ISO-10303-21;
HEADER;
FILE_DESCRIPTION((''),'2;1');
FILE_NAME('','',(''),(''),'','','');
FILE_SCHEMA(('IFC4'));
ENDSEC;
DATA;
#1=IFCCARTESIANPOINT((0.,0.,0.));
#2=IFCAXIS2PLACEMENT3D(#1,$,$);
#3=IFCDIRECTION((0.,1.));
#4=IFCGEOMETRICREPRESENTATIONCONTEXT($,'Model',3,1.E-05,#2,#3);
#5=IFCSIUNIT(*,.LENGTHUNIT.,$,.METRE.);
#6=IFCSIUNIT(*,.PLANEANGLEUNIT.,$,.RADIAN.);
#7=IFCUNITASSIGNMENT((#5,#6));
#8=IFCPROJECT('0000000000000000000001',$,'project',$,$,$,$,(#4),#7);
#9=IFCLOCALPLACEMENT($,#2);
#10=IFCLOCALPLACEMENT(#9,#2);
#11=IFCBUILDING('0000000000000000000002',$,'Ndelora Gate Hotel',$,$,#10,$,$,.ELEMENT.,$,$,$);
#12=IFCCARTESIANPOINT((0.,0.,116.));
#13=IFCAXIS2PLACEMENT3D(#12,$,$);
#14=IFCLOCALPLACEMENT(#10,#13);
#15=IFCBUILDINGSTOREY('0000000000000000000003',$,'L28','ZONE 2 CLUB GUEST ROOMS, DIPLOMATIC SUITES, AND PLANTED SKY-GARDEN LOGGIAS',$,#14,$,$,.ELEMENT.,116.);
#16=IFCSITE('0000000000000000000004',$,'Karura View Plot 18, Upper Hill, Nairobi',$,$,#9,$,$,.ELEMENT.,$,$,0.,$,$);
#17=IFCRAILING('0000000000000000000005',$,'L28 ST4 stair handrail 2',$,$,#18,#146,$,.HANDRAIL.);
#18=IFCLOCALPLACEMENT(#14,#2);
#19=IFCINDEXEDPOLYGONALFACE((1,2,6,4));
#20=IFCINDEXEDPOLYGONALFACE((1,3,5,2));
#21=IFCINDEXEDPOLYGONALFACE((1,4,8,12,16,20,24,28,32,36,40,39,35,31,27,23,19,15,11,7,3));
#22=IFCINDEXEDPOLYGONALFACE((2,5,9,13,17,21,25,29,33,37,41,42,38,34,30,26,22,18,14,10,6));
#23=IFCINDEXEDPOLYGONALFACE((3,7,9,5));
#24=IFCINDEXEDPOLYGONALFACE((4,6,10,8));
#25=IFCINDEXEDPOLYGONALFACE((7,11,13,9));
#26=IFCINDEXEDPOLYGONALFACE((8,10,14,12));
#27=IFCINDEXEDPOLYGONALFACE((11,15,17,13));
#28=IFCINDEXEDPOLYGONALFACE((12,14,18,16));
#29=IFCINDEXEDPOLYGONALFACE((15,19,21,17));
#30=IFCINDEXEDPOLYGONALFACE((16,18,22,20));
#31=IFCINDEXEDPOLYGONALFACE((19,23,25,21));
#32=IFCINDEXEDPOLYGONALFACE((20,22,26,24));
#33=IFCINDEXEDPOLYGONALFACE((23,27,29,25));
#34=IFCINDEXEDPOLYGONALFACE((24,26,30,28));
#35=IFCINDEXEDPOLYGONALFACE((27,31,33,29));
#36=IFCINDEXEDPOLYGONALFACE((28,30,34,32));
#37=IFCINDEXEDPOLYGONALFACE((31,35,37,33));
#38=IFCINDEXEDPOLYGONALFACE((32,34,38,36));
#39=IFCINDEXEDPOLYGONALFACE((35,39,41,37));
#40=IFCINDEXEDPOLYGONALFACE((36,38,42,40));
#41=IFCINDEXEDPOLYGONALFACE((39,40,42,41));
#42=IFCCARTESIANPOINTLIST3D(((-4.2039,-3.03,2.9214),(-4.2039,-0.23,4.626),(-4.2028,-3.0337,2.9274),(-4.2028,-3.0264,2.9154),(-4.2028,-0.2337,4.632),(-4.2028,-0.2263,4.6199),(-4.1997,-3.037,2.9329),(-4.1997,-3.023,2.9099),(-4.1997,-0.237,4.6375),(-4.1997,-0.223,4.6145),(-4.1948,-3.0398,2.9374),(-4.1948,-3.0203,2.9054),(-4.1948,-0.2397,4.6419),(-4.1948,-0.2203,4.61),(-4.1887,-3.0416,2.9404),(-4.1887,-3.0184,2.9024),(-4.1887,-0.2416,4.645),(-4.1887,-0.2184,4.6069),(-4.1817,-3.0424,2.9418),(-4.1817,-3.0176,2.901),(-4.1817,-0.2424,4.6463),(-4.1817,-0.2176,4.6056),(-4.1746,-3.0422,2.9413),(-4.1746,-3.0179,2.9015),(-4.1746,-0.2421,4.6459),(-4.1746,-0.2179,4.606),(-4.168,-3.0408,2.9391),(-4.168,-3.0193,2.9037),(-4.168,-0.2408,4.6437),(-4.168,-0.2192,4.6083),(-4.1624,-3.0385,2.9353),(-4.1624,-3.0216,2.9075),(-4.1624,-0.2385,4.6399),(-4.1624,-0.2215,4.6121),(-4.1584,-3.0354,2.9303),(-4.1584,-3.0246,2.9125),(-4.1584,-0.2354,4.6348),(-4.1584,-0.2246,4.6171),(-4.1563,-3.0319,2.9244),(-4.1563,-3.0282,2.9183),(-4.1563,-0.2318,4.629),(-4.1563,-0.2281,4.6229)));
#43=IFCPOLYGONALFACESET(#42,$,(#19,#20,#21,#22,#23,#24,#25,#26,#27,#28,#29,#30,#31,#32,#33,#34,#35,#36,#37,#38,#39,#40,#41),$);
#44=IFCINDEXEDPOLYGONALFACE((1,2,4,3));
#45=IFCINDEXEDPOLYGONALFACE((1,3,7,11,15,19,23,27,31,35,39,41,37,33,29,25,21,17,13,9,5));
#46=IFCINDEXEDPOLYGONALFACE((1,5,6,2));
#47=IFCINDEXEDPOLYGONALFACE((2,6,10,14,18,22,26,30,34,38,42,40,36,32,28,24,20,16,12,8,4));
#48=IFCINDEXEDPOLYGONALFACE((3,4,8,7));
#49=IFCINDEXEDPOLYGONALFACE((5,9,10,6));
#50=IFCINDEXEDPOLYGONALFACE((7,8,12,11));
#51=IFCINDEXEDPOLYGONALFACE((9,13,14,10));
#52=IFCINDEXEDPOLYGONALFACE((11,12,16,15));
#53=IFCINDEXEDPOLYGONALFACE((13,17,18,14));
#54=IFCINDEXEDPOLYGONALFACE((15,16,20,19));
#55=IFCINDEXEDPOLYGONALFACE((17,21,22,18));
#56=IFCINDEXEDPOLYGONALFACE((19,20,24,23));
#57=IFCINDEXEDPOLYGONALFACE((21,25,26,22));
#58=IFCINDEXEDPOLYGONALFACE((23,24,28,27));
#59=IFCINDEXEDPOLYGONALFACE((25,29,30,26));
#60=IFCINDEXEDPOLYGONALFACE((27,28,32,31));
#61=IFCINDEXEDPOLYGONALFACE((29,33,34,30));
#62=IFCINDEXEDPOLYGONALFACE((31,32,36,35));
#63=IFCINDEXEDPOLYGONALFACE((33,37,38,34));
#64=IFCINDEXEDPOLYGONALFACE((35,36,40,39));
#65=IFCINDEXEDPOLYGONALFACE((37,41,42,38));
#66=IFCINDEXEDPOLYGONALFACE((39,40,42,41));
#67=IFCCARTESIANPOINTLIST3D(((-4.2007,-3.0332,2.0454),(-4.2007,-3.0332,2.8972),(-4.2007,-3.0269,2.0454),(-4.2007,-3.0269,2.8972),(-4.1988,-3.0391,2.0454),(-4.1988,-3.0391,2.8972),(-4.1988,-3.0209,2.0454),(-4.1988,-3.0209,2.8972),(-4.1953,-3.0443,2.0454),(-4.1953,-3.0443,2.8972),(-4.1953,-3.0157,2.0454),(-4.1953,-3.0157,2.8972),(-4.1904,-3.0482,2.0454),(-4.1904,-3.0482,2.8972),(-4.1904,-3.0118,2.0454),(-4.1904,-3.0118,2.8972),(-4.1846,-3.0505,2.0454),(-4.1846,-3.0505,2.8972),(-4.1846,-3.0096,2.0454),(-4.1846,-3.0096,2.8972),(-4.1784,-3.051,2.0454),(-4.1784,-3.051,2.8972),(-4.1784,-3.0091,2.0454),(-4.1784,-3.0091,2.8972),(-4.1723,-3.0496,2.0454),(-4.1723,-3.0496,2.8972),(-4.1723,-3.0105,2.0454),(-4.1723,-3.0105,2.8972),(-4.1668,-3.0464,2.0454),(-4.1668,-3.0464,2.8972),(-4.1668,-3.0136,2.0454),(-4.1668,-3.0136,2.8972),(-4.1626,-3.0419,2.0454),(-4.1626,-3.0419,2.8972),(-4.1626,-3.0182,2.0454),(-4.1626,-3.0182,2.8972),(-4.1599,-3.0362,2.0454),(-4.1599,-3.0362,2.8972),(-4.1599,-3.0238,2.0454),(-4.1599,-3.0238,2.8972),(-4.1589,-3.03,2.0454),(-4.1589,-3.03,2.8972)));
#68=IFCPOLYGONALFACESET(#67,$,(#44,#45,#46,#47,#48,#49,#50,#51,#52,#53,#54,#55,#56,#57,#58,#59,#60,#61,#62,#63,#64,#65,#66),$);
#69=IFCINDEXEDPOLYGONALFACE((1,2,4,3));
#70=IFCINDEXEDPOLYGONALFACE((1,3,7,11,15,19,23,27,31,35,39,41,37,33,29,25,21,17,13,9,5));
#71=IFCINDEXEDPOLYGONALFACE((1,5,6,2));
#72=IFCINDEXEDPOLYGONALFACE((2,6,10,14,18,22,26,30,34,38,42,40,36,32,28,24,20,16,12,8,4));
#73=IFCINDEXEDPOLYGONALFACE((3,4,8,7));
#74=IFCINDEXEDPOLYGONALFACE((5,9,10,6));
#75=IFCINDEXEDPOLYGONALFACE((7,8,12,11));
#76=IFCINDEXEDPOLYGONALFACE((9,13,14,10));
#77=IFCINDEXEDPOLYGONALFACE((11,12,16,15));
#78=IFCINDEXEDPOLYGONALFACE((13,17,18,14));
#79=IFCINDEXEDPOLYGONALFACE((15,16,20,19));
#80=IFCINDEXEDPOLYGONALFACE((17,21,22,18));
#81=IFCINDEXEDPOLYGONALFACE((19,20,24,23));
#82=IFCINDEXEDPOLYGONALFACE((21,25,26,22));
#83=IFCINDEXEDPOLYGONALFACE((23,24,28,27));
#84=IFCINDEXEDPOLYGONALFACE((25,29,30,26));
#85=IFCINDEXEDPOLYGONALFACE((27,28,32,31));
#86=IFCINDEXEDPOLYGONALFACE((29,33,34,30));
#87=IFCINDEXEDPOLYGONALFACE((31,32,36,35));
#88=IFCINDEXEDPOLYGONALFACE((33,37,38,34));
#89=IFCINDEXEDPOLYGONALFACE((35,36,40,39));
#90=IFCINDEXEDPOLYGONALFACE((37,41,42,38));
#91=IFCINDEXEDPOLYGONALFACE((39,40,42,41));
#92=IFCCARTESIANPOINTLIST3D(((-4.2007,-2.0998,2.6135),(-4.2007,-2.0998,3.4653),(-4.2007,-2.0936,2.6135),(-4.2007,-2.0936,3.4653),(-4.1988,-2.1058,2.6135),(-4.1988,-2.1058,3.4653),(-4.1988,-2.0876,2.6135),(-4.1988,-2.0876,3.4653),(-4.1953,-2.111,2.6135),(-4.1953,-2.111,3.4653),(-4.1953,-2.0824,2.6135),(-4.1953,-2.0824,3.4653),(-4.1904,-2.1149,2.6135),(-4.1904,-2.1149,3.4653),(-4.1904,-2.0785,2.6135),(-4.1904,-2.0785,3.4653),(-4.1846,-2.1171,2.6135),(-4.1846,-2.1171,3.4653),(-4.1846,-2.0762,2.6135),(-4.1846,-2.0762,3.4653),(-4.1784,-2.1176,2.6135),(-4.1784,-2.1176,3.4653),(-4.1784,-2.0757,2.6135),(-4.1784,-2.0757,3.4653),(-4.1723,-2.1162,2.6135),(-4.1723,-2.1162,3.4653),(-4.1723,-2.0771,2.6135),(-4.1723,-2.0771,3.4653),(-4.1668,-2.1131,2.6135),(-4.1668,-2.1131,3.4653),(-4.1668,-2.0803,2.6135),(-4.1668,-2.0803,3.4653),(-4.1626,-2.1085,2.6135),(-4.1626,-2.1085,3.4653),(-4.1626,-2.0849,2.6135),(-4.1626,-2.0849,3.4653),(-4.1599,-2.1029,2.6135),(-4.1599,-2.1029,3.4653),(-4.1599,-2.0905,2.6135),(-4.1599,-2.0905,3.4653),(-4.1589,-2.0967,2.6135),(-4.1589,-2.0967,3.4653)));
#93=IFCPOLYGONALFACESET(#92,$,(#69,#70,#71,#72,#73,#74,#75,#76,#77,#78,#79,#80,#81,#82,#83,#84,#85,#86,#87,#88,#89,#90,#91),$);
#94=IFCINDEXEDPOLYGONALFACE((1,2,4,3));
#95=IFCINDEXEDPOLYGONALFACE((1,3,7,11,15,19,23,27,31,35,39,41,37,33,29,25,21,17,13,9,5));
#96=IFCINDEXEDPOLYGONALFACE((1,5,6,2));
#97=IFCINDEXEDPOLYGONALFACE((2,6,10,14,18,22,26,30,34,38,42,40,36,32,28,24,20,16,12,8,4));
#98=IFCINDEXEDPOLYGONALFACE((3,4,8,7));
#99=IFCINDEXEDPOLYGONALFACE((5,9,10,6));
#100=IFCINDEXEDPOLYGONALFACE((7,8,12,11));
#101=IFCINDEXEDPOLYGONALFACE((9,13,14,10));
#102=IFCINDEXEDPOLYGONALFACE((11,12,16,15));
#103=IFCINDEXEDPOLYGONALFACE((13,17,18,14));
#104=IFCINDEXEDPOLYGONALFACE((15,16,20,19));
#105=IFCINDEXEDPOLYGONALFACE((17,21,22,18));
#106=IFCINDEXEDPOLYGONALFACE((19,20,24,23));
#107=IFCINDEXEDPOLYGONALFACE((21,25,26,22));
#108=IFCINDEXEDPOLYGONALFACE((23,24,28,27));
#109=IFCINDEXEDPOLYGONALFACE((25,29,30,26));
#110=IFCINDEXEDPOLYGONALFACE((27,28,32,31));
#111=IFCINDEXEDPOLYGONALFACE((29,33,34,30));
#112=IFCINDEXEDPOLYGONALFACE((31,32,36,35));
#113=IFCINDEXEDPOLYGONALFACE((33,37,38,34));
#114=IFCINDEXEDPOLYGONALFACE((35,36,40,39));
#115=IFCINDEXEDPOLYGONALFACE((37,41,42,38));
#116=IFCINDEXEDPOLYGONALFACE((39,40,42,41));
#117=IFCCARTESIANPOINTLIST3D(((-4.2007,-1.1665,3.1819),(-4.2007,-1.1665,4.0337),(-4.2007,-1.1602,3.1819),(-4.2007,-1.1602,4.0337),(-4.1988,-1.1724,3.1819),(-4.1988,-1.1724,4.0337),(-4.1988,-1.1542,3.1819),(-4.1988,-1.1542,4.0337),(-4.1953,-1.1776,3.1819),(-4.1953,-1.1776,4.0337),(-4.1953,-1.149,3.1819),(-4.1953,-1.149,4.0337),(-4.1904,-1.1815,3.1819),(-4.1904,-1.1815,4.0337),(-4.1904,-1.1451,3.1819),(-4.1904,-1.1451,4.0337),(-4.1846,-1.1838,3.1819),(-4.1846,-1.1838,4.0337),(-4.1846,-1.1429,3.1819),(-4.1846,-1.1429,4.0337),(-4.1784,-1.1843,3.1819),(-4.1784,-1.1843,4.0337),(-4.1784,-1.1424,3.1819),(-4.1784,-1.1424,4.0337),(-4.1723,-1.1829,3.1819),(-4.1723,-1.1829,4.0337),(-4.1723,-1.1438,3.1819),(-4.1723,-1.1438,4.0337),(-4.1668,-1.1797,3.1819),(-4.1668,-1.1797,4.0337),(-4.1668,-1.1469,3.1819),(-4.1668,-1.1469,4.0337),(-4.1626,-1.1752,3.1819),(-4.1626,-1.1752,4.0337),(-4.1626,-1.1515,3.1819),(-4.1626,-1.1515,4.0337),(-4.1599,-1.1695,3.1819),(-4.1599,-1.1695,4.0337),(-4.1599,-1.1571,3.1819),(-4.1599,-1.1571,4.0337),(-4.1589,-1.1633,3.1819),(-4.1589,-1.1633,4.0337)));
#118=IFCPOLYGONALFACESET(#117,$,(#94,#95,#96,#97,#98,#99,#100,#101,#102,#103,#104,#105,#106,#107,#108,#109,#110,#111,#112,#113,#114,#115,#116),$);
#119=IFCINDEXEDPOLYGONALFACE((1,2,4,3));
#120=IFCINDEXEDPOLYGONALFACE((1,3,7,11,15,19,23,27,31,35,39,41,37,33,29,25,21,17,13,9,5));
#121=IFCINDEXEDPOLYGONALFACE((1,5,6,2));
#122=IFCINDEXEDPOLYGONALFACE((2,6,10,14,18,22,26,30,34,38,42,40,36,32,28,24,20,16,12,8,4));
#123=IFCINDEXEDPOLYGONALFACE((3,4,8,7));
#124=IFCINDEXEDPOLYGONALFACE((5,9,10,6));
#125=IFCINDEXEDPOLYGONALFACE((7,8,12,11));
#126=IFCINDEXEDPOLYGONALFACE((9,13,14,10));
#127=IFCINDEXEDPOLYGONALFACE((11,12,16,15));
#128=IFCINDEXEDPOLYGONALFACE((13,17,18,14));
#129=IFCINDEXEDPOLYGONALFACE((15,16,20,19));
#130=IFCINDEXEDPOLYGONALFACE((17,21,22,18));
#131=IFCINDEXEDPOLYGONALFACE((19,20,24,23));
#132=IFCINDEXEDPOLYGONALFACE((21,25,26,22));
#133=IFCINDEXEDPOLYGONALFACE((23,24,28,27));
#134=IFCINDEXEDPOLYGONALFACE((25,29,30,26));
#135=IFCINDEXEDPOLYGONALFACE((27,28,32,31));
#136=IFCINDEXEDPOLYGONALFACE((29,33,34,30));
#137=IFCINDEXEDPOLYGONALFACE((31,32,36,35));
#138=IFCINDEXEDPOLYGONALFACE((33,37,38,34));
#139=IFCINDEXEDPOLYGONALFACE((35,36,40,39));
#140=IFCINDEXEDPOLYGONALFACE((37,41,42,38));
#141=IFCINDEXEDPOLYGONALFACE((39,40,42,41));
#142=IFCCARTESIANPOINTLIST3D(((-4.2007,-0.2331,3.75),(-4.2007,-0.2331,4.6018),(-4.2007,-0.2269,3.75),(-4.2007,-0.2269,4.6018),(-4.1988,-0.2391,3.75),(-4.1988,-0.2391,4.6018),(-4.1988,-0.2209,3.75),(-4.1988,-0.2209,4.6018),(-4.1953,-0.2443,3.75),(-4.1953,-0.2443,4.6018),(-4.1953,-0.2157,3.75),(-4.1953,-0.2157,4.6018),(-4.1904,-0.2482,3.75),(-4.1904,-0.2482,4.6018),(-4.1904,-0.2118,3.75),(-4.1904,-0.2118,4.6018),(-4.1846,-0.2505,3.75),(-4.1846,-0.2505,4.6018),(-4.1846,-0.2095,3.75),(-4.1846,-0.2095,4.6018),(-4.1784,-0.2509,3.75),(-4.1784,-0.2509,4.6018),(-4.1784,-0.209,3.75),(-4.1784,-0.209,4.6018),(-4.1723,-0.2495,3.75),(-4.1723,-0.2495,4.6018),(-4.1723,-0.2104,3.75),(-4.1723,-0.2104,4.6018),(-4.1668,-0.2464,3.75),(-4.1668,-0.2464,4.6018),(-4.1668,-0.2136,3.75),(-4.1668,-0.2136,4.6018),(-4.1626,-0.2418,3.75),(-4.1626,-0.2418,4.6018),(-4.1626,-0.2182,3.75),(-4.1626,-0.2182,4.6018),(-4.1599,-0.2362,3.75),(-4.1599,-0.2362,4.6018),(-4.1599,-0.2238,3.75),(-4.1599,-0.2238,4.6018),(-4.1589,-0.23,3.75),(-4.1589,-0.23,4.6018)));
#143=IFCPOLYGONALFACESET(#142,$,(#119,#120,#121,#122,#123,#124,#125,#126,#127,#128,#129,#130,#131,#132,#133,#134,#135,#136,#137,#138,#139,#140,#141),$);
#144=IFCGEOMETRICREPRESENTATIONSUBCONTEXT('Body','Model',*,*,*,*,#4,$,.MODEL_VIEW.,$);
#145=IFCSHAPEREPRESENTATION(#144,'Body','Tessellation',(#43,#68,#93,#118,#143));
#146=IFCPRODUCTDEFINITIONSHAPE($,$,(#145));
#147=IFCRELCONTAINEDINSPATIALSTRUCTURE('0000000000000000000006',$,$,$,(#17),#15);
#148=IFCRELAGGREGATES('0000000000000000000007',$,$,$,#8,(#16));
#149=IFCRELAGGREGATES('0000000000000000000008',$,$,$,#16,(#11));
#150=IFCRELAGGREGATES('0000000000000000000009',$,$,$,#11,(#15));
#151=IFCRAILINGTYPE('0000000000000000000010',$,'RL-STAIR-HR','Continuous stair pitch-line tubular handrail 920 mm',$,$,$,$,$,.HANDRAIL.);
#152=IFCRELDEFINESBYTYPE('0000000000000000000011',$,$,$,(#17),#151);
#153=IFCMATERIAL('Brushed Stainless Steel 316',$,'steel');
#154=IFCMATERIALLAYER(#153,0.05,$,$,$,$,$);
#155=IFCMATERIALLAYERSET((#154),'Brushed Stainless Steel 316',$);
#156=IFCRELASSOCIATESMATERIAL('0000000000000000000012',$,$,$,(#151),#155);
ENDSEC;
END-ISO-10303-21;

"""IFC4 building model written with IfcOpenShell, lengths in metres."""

from ifc_helpers import new_model, si_unit, direction, frame, origin, origin_2d, place, context, subcontext, project, spatial, circle, extrude, material, layer, layer_set, type_object, element, save


model = new_model("IFC4")

# Units and contexts
model_context = context("Model", 3, precision=1e-05, world=origin(), true_north=direction((0.0, 1.0)))
body_context = subcontext(model_context, "Body", "Model", "MODEL_VIEW")
ifc_project = project(units=[si_unit("LENGTHUNIT", "METRE"), si_unit("PLANEANGLEUNIT", "RADIAN")], contexts=[model_context])

# Site, building, storey
site_placement = place(None, origin())
site = spatial("IfcSite", under=ifc_project, at=site_placement, Name="Karura View Plot 18, Upper Hill, Nairobi", CompositionType="ELEMENT", RefElevation=0.0)
building_placement = place(site_placement, origin())
building = spatial("IfcBuilding", under=site, at=building_placement, Name="Ndelora Gate Hotel", CompositionType="ELEMENT")
storey_placement = place(building_placement, frame((0.0, 0.0, 116.0)))
storey = spatial("IfcBuildingStorey", under=building, at=storey_placement, Name="L28", Description="ZONE 2 CLUB GUEST ROOMS, DIPLOMATIC SUITES, AND PLANTED SKY-GARDEN LOGGIAS", CompositionType="ELEMENT", Elevation=116.0)

# Railing
ifc_material_1 = material(Name="Brushed Stainless Steel 316", Category="steel")
ifc_layer_1 = layer(ifc_material_1, 0.05)
ifc_layer_set_1 = layer_set([ifc_layer_1], Name="Brushed Stainless Steel 316")
railing_type_1 = type_object("IfcRailingType", Name="RL-STAIR-HR", Description="Continuous stair pitch-line tubular handrail 920 mm", PredefinedType="HANDRAIL", material=ifc_layer_set_1)
railing_1_placement = place(storey_placement, frame((-4.1799, -3.03, 2.0454)))
element("IfcRailing", 1, at=railing_1_placement, inside=storey, type_object=railing_type_1, Name="L28 ST4 stair handrail 2", PredefinedType="HANDRAIL", context=body_context, shape_type="SweptSolid", body=[
    extrude(circle(Radius=0.0239, at=origin_2d()), frame((0.0, 0.0, 0.876), z_axis=(0.0, 0.85417, 0.519994), x_axis=(-1.0, 0.0, 0.0)), (0.0, 0.0, 1.0), 3.2781),
    extrude(circle(Radius=0.021, at=origin_2d()), origin(), (0.0, 0.0, 1.0), 0.8518),
    extrude(circle(Radius=0.021, at=origin_2d()), frame((0.0, 0.9333, 0.5681)), (0.0, 0.0, 1.0), 0.8518),
    extrude(circle(Radius=0.021, at=origin_2d()), frame((0.0, 1.8667, 1.1365)), (0.0, 0.0, 1.0), 0.8518),
    extrude(circle(Radius=0.021, at=origin_2d()), frame((0.0, 2.8, 1.7046)), (0.0, 0.0, 1.0), 0.8518),
])

save(model, "model.ifc")
